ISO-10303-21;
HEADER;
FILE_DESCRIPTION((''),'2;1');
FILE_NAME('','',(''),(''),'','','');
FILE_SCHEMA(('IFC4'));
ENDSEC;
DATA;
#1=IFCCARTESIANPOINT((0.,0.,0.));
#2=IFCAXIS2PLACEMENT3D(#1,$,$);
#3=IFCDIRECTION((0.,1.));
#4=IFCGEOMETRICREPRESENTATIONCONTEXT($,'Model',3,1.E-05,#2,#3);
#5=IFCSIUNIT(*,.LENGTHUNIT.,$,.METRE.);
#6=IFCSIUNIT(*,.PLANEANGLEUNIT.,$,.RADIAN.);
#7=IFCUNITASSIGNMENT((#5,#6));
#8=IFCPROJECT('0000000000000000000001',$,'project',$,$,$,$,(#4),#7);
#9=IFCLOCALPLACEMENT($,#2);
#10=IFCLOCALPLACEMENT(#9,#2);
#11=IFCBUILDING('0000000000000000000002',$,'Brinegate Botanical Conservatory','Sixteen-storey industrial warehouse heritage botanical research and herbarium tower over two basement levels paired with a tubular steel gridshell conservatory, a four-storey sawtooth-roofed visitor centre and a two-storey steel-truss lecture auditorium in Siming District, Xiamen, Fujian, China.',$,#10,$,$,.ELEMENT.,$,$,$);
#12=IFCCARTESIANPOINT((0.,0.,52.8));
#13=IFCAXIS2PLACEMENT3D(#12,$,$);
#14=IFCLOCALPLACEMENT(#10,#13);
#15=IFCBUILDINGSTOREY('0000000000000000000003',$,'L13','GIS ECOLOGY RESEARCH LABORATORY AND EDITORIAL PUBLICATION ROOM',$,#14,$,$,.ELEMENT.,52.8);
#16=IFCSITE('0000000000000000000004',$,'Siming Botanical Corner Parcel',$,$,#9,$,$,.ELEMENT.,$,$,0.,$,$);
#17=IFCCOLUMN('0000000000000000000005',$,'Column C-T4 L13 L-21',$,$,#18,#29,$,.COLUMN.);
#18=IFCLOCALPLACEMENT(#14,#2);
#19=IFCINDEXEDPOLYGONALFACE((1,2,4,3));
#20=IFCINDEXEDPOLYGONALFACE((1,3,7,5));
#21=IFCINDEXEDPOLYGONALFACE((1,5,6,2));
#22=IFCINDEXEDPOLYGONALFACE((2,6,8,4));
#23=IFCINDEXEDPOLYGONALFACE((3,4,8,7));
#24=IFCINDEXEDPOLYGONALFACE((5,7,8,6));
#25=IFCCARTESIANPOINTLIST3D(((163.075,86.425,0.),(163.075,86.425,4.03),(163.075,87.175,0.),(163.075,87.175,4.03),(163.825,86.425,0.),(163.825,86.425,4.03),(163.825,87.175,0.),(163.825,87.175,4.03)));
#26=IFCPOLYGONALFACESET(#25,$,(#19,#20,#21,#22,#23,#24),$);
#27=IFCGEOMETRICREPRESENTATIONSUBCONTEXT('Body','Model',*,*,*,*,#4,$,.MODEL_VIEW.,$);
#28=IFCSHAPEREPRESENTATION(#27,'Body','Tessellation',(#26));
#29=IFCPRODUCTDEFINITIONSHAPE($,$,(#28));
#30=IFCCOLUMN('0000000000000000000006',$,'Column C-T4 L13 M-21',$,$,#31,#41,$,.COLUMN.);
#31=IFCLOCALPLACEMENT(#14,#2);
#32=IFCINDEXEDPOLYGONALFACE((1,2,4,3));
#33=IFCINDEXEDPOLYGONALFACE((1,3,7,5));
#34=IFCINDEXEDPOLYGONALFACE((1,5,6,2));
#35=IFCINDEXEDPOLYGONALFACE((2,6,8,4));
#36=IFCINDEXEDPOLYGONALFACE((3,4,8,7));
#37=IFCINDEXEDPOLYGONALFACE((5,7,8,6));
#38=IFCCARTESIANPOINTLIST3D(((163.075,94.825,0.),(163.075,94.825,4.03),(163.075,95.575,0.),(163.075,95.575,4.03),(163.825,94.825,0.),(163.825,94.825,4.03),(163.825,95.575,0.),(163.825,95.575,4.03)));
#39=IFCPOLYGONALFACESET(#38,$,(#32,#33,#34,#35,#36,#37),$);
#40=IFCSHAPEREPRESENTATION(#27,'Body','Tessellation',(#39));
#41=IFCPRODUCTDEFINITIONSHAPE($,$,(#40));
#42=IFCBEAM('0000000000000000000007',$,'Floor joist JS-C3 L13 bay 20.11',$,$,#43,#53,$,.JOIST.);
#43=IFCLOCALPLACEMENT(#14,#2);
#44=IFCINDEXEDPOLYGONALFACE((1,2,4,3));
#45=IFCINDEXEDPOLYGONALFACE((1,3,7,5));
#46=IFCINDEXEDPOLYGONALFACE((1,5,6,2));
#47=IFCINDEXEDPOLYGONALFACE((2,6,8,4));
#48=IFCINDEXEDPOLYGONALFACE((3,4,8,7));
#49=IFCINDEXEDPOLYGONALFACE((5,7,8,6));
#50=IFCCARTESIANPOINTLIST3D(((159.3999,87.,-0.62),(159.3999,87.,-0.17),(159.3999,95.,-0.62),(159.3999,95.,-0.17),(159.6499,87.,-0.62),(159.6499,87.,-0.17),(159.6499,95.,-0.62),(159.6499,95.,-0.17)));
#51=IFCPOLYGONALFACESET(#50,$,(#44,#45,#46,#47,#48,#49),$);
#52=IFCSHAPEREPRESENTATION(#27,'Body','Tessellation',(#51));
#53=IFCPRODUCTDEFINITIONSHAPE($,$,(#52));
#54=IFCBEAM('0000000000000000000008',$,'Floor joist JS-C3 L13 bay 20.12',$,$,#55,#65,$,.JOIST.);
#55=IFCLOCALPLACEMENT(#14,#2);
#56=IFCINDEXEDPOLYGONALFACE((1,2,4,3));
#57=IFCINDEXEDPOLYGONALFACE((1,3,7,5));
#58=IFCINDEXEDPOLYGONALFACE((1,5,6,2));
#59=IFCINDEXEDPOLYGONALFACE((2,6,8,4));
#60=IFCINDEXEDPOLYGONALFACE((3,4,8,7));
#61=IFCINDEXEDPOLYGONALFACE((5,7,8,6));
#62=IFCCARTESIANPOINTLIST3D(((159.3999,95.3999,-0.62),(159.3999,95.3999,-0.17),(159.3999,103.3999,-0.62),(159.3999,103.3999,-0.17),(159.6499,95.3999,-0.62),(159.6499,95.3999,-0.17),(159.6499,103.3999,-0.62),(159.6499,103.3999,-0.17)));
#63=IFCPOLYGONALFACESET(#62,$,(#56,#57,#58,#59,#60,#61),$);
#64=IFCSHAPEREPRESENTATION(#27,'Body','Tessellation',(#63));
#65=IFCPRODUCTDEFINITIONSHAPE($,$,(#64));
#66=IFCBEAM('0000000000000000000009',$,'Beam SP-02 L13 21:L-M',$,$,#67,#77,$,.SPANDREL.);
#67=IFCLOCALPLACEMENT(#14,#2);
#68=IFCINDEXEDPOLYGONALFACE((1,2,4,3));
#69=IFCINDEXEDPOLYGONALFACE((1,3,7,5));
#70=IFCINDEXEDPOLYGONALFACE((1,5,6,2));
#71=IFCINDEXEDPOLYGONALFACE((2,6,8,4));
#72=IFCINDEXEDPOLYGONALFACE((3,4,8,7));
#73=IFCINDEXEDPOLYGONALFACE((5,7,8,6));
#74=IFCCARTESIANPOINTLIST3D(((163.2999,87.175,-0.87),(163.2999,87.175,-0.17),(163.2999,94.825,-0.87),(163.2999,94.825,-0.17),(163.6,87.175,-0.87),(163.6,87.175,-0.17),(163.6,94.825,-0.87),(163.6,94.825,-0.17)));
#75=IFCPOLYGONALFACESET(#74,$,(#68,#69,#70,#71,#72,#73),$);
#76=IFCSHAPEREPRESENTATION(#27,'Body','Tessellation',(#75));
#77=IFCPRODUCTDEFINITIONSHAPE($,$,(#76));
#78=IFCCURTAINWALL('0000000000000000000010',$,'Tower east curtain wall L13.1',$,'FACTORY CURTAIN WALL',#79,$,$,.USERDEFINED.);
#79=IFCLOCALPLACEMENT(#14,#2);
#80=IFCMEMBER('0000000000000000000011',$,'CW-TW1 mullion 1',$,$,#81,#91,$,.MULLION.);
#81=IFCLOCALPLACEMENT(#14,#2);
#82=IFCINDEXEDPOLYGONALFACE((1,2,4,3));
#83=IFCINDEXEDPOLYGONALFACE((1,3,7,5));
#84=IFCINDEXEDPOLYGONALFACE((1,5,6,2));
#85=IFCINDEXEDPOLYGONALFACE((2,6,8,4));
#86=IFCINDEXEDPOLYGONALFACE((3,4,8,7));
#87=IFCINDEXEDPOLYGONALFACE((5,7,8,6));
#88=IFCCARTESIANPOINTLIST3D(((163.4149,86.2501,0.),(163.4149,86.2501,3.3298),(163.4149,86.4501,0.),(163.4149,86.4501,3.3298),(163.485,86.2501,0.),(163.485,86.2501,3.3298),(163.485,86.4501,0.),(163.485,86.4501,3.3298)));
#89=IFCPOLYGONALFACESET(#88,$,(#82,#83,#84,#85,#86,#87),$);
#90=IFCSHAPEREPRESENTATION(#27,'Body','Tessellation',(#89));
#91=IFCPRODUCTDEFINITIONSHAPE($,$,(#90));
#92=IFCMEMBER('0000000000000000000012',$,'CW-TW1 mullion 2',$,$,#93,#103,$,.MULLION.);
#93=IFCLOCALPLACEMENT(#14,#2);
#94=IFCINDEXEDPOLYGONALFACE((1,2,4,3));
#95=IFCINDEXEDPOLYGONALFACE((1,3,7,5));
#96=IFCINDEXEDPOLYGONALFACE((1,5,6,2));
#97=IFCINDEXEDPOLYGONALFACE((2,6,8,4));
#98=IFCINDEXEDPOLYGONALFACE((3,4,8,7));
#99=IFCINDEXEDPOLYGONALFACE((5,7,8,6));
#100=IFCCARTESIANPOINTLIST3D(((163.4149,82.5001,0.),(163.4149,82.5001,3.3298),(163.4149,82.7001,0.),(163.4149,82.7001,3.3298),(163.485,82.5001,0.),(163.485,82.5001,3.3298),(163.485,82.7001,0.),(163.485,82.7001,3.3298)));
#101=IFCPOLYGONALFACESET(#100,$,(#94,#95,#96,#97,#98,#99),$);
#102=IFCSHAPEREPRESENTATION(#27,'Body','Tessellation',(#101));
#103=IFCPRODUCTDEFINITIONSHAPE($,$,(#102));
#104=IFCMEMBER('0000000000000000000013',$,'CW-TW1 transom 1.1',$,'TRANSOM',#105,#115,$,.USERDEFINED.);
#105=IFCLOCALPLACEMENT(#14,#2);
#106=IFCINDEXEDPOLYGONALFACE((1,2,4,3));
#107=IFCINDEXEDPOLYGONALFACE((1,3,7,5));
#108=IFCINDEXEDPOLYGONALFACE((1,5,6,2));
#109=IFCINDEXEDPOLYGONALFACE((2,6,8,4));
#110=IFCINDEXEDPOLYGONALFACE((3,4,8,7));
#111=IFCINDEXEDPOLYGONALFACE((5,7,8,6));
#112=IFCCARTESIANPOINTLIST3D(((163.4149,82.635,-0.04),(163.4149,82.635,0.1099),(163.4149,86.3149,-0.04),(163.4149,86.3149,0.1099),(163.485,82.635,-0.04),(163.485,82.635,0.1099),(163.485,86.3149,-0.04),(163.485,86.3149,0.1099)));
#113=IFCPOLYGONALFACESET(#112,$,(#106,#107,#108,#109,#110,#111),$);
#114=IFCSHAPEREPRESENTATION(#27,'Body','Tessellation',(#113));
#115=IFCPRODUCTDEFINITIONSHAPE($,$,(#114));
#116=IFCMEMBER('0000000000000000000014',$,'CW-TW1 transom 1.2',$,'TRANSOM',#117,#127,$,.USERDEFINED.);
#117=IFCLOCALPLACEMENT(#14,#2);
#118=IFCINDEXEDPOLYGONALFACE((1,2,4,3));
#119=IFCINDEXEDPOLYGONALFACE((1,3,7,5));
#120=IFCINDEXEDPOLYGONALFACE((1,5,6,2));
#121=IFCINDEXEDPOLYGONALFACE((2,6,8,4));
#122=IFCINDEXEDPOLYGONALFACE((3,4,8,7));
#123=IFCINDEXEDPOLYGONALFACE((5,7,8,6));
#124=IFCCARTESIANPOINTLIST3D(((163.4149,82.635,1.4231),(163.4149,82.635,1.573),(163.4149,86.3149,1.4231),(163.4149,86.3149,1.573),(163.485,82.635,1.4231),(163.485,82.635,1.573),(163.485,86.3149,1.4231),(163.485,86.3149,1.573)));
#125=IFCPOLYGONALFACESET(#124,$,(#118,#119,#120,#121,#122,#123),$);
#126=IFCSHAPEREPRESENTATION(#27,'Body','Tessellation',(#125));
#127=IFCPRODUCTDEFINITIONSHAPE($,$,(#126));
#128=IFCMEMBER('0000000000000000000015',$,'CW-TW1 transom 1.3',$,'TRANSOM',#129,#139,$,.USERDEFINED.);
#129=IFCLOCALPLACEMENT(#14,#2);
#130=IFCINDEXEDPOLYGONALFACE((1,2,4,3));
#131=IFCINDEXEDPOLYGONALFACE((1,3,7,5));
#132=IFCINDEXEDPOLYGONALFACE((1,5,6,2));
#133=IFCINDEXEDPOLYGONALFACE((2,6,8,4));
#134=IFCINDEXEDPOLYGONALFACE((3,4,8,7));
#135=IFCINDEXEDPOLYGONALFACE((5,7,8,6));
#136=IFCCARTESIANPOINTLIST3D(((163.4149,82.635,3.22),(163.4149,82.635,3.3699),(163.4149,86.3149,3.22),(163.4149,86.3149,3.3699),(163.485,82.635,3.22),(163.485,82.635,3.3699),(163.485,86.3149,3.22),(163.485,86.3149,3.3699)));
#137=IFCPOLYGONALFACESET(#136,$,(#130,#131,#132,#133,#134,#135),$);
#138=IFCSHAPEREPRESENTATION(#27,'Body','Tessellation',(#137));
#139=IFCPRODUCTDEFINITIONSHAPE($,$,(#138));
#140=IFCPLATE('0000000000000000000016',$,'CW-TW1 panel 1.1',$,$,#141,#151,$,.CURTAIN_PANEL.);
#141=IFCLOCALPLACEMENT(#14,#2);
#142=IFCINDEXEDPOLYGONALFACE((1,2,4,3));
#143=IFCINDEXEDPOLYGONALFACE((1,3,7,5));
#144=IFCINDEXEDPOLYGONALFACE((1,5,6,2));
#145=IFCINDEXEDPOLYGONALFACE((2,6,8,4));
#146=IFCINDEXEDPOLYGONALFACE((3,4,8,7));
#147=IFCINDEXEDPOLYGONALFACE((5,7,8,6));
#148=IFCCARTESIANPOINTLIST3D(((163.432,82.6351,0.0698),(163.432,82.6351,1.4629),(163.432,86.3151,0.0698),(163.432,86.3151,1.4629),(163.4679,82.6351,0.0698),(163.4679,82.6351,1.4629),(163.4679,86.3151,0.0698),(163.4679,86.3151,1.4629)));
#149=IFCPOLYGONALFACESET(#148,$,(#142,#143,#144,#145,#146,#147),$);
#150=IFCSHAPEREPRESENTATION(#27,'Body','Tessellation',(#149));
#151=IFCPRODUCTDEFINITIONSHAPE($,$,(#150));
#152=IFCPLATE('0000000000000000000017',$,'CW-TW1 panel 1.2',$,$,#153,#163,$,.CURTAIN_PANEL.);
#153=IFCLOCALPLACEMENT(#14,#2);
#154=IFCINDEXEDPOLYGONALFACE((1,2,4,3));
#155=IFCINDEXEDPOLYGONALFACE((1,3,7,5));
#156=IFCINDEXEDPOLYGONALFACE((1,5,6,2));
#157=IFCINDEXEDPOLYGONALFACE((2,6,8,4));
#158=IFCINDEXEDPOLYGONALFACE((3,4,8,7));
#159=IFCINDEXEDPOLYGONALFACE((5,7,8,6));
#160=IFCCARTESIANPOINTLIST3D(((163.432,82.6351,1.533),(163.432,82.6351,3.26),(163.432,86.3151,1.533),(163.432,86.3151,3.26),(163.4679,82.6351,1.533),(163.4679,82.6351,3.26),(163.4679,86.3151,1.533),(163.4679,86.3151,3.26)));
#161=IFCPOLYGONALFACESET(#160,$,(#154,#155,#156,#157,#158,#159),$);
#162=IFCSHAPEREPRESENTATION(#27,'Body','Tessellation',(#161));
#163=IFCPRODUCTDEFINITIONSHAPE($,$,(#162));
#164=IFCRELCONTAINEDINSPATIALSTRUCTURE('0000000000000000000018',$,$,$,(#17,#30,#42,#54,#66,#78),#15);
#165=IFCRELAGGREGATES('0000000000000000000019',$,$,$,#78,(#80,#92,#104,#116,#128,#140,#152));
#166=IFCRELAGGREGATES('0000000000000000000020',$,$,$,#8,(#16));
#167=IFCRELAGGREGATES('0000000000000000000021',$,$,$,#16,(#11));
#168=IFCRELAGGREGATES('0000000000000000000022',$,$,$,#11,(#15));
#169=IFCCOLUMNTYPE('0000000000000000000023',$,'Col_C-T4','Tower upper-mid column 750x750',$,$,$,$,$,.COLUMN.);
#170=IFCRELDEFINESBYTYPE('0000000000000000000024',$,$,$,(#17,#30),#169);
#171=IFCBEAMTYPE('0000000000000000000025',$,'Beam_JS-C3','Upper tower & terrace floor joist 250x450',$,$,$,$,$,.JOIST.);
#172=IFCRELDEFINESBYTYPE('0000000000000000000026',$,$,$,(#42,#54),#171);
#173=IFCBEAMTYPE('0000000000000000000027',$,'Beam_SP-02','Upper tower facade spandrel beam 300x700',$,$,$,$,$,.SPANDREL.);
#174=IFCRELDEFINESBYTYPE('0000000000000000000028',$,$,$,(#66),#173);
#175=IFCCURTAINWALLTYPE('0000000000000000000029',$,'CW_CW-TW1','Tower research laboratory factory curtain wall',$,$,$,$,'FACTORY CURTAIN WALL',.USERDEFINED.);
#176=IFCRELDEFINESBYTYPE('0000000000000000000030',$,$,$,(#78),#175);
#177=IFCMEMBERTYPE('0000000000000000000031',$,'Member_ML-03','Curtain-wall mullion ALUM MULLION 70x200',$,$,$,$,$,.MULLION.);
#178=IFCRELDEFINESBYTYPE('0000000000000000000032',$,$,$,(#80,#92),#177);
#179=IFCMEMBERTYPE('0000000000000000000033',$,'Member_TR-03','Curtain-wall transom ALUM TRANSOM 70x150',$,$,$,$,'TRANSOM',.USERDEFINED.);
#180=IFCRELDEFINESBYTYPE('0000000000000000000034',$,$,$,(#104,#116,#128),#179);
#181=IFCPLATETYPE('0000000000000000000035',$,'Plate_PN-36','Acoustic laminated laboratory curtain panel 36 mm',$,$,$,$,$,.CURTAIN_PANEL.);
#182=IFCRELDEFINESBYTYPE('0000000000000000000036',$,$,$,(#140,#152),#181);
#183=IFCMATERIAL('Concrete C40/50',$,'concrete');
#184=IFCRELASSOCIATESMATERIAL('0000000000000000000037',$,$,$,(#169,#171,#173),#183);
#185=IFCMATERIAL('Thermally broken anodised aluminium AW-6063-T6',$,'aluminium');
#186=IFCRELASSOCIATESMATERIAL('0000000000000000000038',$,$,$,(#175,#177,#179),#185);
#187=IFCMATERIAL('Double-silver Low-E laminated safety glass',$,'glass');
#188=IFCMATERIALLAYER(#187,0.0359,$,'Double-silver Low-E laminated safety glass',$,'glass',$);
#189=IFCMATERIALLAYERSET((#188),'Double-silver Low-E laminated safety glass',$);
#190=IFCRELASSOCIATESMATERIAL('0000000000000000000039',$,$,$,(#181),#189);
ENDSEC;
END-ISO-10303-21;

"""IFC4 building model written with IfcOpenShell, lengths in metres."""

from ifc_helpers import new_model, si_unit, direction, frame, origin, origin_2d, place, context, subcontext, project, spatial, rectangle, extrude, material, layer, layer_set, material_profile, profile_set, type_object, element, aggregate, save


model = new_model("IFC4")

# Units and contexts
model_context = context("Model", 3, precision=1e-05, world=origin(), true_north=direction((0.0, 1.0)))
body_context = subcontext(model_context, "Body", "Model", "MODEL_VIEW")
ifc_project = project(units=[si_unit("LENGTHUNIT", "METRE"), si_unit("PLANEANGLEUNIT", "RADIAN")], contexts=[model_context])

# Site, building, storey
site_placement = place(None, origin())
site = spatial("IfcSite", under=ifc_project, at=site_placement, Name="Siming Botanical Corner Parcel", CompositionType="ELEMENT", RefElevation=0.0)
building_placement = place(site_placement, origin())
building = spatial("IfcBuilding", under=site, at=building_placement, Name="Brinegate Botanical Conservatory", Description="Sixteen-storey industrial warehouse heritage botanical research and herbarium tower over two basement levels paired with a tubular steel gridshell conservatory, a four-storey sawtooth-roofed visitor centre and a two-storey steel-truss lecture auditorium in Siming District, Xiamen, Fujian, China.", CompositionType="ELEMENT")
storey_placement = place(building_placement, frame((0.0, 0.0, 52.8)))
storey = spatial("IfcBuildingStorey", under=building, at=storey_placement, Name="L13", Description="GIS ECOLOGY RESEARCH LABORATORY AND EDITORIAL PUBLICATION ROOM", CompositionType="ELEMENT", Elevation=52.8)

# Columns
ifc_material_1 = material(Name="Concrete C40/50", Category="concrete")
ifc_material_profile_1 = material_profile(ifc_material_1, rectangle(XDim=0.75, YDim=0.75, at=origin_2d()), Name="RC COL 750x750")
ifc_profile_set_1 = profile_set([ifc_material_profile_1], Name="Concrete C40/50")
column_type = type_object("IfcColumnType", Name="Col_C-T4", Description="Tower upper-mid column 750x750", PredefinedType="COLUMN", material=ifc_profile_set_1)
for number, where, z_axis, x_axis, name in (
    (1, (163.45, 86.8, 0.0), (0.0, 0.0, 1.0), (1.0, 0.0, 0.0), "Column C-T4 L13 L-21"),
    (2, (163.45, 95.2, 0.0), (0.0, 0.0, 1.0), (1.0, 0.0, 0.0), "Column C-T4 L13 M-21"),
):
    element("IfcColumn", number, at=place(storey_placement, frame(where, z_axis=z_axis, x_axis=x_axis)), inside=storey, type_object=column_type, Name=name, PredefinedType="COLUMN", context=body_context, shape_type="SweptSolid", body=[
        extrude(rectangle(XDim=0.75, YDim=0.75, at=origin_2d()), origin(), (0.0, 0.0, 1.0), 4.03),
    ])

# Beams
ifc_material_profile_2 = material_profile(ifc_material_1, rectangle(XDim=0.25, YDim=0.45, at=origin_2d()), Name="RC JST 250x450")
ifc_profile_set_2 = profile_set([ifc_material_profile_2], Name="Concrete C40/50")
beam_type_1 = type_object("IfcBeamType", Name="Beam_JS-C3", Description="Upper tower & terrace floor joist 250x450", PredefinedType="JOIST", material=ifc_profile_set_2)
for number, where, z_axis, x_axis, name in (
    (3, (159.5249, 87.0, -0.395), (0.0, 1.0, 0.0), (-1.0, 0.0, 0.0), "Floor joist JS-C3 L13 bay 20.11"),
    (4, (159.5249, 95.3999, -0.395), (0.0, 1.0, 0.0), (-1.0, 0.0, 0.0), "Floor joist JS-C3 L13 bay 20.12"),
):
    element("IfcBeam", number, at=place(storey_placement, frame(where, z_axis=z_axis, x_axis=x_axis)), inside=storey, type_object=beam_type_1, Name=name, PredefinedType="JOIST", context=body_context, shape_type="SweptSolid", body=[
        extrude(rectangle(XDim=0.25, YDim=0.45, at=origin_2d()), origin(), (0.0, 0.0, 1.0), 8.0),
    ])
ifc_material_profile_3 = material_profile(ifc_material_1, rectangle(XDim=0.3, YDim=0.7, at=origin_2d()), Name="RC SPN 300x700")
ifc_profile_set_3 = profile_set([ifc_material_profile_3], Name="Concrete C40/50")
beam_type_2 = type_object("IfcBeamType", Name="Beam_SP-02", Description="Upper tower facade spandrel beam 300x700", PredefinedType="SPANDREL", material=ifc_profile_set_3)
beam_placement = place(storey_placement, frame((163.45, 87.175, -0.52), z_axis=(0.0, 1.0, 0.0), x_axis=(-1.0, 0.0, 0.0)))
element("IfcBeam", 5, at=beam_placement, inside=storey, type_object=beam_type_2, Name="Beam SP-02 L13 21:L-M", PredefinedType="SPANDREL", context=body_context, shape_type="SweptSolid", body=[
    extrude(rectangle(XDim=0.3, YDim=0.7, at=origin_2d()), origin(), (0.0, 0.0, 1.0), 7.6499),
])

# Curtain wall, members, plates
ifc_material_2 = material(Name="Thermally broken anodised aluminium AW-6063-T6", Category="aluminium")
curtain_wall_type = type_object("IfcCurtainWallType", Name="CW_CW-TW1", Description="Tower research laboratory factory curtain wall", ElementType="FACTORY CURTAIN WALL", PredefinedType="USERDEFINED", material=ifc_material_2)
curtain_wall_placement = place(storey_placement, origin())
curtain_wall = element("IfcCurtainWall", 6, at=curtain_wall_placement, inside=storey, type_object=curtain_wall_type, Name="Tower east curtain wall L13.1", ObjectType="FACTORY CURTAIN WALL", PredefinedType="USERDEFINED")
ifc_material_profile_4 = material_profile(ifc_material_2, rectangle(XDim=0.0701, YDim=0.2, at=origin_2d()), Name="ALUM MULLION 70x200")
ifc_profile_set_4 = profile_set([ifc_material_profile_4], Name="Thermally broken anodised aluminium AW-6063-T6")
member_type_1 = type_object("IfcMemberType", Name="Member_ML-03", Description="Curtain-wall mullion ALUM MULLION 70x200", PredefinedType="MULLION", material=ifc_profile_set_4)
member_1_placement = place(storey_placement, frame((163.45, 86.3501, 0.0), z_axis=(0.0, 0.0, 1.0), x_axis=(1.0, 0.0, 0.0)))
member_1 = element("IfcMember", 7, at=member_1_placement, type_object=member_type_1, Name="CW-TW1 mullion 1", PredefinedType="MULLION", context=body_context, shape_type="SweptSolid", body=[
    extrude(rectangle(XDim=0.0701, YDim=0.2, at=origin_2d()), origin(), (0.0, 0.0, 1.0), 3.3298),
])
member_2_placement = place(storey_placement, frame((163.45, 82.6001, 0.0), z_axis=(0.0, 0.0, 1.0), x_axis=(1.0, 0.0, 0.0)))
member_2 = element("IfcMember", 8, at=member_2_placement, type_object=member_type_1, Name="CW-TW1 mullion 2", PredefinedType="MULLION", context=body_context, shape_type="SweptSolid", body=[
    extrude(rectangle(XDim=0.0701, YDim=0.2, at=origin_2d()), origin(), (0.0, 0.0, 1.0), 3.3298),
])
ifc_material_profile_5 = material_profile(ifc_material_2, rectangle(XDim=0.0701, YDim=0.1499, at=origin_2d()), Name="ALUM TRANSOM 70x150")
ifc_profile_set_5 = profile_set([ifc_material_profile_5], Name="Thermally broken anodised aluminium AW-6063-T6")
member_type_2 = type_object("IfcMemberType", Name="Member_TR-03", Description="Curtain-wall transom ALUM TRANSOM 70x150", ElementType="TRANSOM", PredefinedType="USERDEFINED", material=ifc_profile_set_5)
member_3_placement = place(storey_placement, frame((163.45, 86.3149, 0.0349), z_axis=(0.0, -1.0, 0.0), x_axis=(1.0, 0.0, 0.0)))
member_3 = element("IfcMember", 9, at=member_3_placement, type_object=member_type_2, Name="CW-TW1 transom 1.1", ObjectType="TRANSOM", PredefinedType="USERDEFINED", context=body_context, shape_type="SweptSolid", body=[
    extrude(rectangle(XDim=0.0701, YDim=0.1499, at=origin_2d()), origin(), (0.0, 0.0, 1.0), 3.6799),
])
member_4_placement = place(storey_placement, frame((163.45, 86.3149, 1.498), z_axis=(0.0, -1.0, 0.0), x_axis=(1.0, 0.0, 0.0)))
member_4 = element("IfcMember", 10, at=member_4_placement, type_object=member_type_2, Name="CW-TW1 transom 1.2", ObjectType="TRANSOM", PredefinedType="USERDEFINED", context=body_context, shape_type="SweptSolid", body=[
    extrude(rectangle(XDim=0.0701, YDim=0.1499, at=origin_2d()), origin(), (0.0, 0.0, 1.0), 3.6799),
])
member_5_placement = place(storey_placement, frame((163.45, 86.3149, 3.2949), z_axis=(0.0, -1.0, 0.0), x_axis=(1.0, 0.0, 0.0)))
member_5 = element("IfcMember", 11, at=member_5_placement, type_object=member_type_2, Name="CW-TW1 transom 1.3", ObjectType="TRANSOM", PredefinedType="USERDEFINED", context=body_context, shape_type="SweptSolid", body=[
    extrude(rectangle(XDim=0.0701, YDim=0.1499, at=origin_2d()), origin(), (0.0, 0.0, 1.0), 3.6799),
])
ifc_material_3 = material(Name="Double-silver Low-E laminated safety glass", Category="glass")
ifc_layer_1 = layer(ifc_material_3, 0.0359, Name="Double-silver Low-E laminated safety glass", Category="glass")
ifc_layer_set_1 = layer_set([ifc_layer_1], Name="Double-silver Low-E laminated safety glass")
plate_type = type_object("IfcPlateType", Name="Plate_PN-36", Description="Acoustic laminated laboratory curtain panel 36 mm", PredefinedType="CURTAIN_PANEL", material=ifc_layer_set_1)
plate_1_placement = place(storey_placement, frame((163.45, 84.4751, 0.0698), z_axis=(0.0, 0.0, 1.0), x_axis=(0.0, -1.0, 0.0)))
plate_1 = element("IfcPlate", 12, at=plate_1_placement, type_object=plate_type, Name="CW-TW1 panel 1.1", PredefinedType="CURTAIN_PANEL", context=body_context, shape_type="SweptSolid", body=[
    extrude(rectangle(XDim=3.6799, YDim=0.0359, at=origin_2d()), origin(), (0.0, 0.0, 1.0), 1.3931),
])
plate_2_placement = place(storey_placement, frame((163.45, 84.4751, 1.533), z_axis=(0.0, 0.0, 1.0), x_axis=(0.0, -1.0, 0.0)))
plate_2 = element("IfcPlate", 13, at=plate_2_placement, type_object=plate_type, Name="CW-TW1 panel 1.2", PredefinedType="CURTAIN_PANEL", context=body_context, shape_type="SweptSolid", body=[
    extrude(rectangle(XDim=3.6799, YDim=0.0359, at=origin_2d()), origin(), (0.0, 0.0, 1.0), 1.7271),
])
aggregate(curtain_wall, [member_1, member_2, member_3, member_4, member_5, plate_1, plate_2])

save(model, "model.ifc")
